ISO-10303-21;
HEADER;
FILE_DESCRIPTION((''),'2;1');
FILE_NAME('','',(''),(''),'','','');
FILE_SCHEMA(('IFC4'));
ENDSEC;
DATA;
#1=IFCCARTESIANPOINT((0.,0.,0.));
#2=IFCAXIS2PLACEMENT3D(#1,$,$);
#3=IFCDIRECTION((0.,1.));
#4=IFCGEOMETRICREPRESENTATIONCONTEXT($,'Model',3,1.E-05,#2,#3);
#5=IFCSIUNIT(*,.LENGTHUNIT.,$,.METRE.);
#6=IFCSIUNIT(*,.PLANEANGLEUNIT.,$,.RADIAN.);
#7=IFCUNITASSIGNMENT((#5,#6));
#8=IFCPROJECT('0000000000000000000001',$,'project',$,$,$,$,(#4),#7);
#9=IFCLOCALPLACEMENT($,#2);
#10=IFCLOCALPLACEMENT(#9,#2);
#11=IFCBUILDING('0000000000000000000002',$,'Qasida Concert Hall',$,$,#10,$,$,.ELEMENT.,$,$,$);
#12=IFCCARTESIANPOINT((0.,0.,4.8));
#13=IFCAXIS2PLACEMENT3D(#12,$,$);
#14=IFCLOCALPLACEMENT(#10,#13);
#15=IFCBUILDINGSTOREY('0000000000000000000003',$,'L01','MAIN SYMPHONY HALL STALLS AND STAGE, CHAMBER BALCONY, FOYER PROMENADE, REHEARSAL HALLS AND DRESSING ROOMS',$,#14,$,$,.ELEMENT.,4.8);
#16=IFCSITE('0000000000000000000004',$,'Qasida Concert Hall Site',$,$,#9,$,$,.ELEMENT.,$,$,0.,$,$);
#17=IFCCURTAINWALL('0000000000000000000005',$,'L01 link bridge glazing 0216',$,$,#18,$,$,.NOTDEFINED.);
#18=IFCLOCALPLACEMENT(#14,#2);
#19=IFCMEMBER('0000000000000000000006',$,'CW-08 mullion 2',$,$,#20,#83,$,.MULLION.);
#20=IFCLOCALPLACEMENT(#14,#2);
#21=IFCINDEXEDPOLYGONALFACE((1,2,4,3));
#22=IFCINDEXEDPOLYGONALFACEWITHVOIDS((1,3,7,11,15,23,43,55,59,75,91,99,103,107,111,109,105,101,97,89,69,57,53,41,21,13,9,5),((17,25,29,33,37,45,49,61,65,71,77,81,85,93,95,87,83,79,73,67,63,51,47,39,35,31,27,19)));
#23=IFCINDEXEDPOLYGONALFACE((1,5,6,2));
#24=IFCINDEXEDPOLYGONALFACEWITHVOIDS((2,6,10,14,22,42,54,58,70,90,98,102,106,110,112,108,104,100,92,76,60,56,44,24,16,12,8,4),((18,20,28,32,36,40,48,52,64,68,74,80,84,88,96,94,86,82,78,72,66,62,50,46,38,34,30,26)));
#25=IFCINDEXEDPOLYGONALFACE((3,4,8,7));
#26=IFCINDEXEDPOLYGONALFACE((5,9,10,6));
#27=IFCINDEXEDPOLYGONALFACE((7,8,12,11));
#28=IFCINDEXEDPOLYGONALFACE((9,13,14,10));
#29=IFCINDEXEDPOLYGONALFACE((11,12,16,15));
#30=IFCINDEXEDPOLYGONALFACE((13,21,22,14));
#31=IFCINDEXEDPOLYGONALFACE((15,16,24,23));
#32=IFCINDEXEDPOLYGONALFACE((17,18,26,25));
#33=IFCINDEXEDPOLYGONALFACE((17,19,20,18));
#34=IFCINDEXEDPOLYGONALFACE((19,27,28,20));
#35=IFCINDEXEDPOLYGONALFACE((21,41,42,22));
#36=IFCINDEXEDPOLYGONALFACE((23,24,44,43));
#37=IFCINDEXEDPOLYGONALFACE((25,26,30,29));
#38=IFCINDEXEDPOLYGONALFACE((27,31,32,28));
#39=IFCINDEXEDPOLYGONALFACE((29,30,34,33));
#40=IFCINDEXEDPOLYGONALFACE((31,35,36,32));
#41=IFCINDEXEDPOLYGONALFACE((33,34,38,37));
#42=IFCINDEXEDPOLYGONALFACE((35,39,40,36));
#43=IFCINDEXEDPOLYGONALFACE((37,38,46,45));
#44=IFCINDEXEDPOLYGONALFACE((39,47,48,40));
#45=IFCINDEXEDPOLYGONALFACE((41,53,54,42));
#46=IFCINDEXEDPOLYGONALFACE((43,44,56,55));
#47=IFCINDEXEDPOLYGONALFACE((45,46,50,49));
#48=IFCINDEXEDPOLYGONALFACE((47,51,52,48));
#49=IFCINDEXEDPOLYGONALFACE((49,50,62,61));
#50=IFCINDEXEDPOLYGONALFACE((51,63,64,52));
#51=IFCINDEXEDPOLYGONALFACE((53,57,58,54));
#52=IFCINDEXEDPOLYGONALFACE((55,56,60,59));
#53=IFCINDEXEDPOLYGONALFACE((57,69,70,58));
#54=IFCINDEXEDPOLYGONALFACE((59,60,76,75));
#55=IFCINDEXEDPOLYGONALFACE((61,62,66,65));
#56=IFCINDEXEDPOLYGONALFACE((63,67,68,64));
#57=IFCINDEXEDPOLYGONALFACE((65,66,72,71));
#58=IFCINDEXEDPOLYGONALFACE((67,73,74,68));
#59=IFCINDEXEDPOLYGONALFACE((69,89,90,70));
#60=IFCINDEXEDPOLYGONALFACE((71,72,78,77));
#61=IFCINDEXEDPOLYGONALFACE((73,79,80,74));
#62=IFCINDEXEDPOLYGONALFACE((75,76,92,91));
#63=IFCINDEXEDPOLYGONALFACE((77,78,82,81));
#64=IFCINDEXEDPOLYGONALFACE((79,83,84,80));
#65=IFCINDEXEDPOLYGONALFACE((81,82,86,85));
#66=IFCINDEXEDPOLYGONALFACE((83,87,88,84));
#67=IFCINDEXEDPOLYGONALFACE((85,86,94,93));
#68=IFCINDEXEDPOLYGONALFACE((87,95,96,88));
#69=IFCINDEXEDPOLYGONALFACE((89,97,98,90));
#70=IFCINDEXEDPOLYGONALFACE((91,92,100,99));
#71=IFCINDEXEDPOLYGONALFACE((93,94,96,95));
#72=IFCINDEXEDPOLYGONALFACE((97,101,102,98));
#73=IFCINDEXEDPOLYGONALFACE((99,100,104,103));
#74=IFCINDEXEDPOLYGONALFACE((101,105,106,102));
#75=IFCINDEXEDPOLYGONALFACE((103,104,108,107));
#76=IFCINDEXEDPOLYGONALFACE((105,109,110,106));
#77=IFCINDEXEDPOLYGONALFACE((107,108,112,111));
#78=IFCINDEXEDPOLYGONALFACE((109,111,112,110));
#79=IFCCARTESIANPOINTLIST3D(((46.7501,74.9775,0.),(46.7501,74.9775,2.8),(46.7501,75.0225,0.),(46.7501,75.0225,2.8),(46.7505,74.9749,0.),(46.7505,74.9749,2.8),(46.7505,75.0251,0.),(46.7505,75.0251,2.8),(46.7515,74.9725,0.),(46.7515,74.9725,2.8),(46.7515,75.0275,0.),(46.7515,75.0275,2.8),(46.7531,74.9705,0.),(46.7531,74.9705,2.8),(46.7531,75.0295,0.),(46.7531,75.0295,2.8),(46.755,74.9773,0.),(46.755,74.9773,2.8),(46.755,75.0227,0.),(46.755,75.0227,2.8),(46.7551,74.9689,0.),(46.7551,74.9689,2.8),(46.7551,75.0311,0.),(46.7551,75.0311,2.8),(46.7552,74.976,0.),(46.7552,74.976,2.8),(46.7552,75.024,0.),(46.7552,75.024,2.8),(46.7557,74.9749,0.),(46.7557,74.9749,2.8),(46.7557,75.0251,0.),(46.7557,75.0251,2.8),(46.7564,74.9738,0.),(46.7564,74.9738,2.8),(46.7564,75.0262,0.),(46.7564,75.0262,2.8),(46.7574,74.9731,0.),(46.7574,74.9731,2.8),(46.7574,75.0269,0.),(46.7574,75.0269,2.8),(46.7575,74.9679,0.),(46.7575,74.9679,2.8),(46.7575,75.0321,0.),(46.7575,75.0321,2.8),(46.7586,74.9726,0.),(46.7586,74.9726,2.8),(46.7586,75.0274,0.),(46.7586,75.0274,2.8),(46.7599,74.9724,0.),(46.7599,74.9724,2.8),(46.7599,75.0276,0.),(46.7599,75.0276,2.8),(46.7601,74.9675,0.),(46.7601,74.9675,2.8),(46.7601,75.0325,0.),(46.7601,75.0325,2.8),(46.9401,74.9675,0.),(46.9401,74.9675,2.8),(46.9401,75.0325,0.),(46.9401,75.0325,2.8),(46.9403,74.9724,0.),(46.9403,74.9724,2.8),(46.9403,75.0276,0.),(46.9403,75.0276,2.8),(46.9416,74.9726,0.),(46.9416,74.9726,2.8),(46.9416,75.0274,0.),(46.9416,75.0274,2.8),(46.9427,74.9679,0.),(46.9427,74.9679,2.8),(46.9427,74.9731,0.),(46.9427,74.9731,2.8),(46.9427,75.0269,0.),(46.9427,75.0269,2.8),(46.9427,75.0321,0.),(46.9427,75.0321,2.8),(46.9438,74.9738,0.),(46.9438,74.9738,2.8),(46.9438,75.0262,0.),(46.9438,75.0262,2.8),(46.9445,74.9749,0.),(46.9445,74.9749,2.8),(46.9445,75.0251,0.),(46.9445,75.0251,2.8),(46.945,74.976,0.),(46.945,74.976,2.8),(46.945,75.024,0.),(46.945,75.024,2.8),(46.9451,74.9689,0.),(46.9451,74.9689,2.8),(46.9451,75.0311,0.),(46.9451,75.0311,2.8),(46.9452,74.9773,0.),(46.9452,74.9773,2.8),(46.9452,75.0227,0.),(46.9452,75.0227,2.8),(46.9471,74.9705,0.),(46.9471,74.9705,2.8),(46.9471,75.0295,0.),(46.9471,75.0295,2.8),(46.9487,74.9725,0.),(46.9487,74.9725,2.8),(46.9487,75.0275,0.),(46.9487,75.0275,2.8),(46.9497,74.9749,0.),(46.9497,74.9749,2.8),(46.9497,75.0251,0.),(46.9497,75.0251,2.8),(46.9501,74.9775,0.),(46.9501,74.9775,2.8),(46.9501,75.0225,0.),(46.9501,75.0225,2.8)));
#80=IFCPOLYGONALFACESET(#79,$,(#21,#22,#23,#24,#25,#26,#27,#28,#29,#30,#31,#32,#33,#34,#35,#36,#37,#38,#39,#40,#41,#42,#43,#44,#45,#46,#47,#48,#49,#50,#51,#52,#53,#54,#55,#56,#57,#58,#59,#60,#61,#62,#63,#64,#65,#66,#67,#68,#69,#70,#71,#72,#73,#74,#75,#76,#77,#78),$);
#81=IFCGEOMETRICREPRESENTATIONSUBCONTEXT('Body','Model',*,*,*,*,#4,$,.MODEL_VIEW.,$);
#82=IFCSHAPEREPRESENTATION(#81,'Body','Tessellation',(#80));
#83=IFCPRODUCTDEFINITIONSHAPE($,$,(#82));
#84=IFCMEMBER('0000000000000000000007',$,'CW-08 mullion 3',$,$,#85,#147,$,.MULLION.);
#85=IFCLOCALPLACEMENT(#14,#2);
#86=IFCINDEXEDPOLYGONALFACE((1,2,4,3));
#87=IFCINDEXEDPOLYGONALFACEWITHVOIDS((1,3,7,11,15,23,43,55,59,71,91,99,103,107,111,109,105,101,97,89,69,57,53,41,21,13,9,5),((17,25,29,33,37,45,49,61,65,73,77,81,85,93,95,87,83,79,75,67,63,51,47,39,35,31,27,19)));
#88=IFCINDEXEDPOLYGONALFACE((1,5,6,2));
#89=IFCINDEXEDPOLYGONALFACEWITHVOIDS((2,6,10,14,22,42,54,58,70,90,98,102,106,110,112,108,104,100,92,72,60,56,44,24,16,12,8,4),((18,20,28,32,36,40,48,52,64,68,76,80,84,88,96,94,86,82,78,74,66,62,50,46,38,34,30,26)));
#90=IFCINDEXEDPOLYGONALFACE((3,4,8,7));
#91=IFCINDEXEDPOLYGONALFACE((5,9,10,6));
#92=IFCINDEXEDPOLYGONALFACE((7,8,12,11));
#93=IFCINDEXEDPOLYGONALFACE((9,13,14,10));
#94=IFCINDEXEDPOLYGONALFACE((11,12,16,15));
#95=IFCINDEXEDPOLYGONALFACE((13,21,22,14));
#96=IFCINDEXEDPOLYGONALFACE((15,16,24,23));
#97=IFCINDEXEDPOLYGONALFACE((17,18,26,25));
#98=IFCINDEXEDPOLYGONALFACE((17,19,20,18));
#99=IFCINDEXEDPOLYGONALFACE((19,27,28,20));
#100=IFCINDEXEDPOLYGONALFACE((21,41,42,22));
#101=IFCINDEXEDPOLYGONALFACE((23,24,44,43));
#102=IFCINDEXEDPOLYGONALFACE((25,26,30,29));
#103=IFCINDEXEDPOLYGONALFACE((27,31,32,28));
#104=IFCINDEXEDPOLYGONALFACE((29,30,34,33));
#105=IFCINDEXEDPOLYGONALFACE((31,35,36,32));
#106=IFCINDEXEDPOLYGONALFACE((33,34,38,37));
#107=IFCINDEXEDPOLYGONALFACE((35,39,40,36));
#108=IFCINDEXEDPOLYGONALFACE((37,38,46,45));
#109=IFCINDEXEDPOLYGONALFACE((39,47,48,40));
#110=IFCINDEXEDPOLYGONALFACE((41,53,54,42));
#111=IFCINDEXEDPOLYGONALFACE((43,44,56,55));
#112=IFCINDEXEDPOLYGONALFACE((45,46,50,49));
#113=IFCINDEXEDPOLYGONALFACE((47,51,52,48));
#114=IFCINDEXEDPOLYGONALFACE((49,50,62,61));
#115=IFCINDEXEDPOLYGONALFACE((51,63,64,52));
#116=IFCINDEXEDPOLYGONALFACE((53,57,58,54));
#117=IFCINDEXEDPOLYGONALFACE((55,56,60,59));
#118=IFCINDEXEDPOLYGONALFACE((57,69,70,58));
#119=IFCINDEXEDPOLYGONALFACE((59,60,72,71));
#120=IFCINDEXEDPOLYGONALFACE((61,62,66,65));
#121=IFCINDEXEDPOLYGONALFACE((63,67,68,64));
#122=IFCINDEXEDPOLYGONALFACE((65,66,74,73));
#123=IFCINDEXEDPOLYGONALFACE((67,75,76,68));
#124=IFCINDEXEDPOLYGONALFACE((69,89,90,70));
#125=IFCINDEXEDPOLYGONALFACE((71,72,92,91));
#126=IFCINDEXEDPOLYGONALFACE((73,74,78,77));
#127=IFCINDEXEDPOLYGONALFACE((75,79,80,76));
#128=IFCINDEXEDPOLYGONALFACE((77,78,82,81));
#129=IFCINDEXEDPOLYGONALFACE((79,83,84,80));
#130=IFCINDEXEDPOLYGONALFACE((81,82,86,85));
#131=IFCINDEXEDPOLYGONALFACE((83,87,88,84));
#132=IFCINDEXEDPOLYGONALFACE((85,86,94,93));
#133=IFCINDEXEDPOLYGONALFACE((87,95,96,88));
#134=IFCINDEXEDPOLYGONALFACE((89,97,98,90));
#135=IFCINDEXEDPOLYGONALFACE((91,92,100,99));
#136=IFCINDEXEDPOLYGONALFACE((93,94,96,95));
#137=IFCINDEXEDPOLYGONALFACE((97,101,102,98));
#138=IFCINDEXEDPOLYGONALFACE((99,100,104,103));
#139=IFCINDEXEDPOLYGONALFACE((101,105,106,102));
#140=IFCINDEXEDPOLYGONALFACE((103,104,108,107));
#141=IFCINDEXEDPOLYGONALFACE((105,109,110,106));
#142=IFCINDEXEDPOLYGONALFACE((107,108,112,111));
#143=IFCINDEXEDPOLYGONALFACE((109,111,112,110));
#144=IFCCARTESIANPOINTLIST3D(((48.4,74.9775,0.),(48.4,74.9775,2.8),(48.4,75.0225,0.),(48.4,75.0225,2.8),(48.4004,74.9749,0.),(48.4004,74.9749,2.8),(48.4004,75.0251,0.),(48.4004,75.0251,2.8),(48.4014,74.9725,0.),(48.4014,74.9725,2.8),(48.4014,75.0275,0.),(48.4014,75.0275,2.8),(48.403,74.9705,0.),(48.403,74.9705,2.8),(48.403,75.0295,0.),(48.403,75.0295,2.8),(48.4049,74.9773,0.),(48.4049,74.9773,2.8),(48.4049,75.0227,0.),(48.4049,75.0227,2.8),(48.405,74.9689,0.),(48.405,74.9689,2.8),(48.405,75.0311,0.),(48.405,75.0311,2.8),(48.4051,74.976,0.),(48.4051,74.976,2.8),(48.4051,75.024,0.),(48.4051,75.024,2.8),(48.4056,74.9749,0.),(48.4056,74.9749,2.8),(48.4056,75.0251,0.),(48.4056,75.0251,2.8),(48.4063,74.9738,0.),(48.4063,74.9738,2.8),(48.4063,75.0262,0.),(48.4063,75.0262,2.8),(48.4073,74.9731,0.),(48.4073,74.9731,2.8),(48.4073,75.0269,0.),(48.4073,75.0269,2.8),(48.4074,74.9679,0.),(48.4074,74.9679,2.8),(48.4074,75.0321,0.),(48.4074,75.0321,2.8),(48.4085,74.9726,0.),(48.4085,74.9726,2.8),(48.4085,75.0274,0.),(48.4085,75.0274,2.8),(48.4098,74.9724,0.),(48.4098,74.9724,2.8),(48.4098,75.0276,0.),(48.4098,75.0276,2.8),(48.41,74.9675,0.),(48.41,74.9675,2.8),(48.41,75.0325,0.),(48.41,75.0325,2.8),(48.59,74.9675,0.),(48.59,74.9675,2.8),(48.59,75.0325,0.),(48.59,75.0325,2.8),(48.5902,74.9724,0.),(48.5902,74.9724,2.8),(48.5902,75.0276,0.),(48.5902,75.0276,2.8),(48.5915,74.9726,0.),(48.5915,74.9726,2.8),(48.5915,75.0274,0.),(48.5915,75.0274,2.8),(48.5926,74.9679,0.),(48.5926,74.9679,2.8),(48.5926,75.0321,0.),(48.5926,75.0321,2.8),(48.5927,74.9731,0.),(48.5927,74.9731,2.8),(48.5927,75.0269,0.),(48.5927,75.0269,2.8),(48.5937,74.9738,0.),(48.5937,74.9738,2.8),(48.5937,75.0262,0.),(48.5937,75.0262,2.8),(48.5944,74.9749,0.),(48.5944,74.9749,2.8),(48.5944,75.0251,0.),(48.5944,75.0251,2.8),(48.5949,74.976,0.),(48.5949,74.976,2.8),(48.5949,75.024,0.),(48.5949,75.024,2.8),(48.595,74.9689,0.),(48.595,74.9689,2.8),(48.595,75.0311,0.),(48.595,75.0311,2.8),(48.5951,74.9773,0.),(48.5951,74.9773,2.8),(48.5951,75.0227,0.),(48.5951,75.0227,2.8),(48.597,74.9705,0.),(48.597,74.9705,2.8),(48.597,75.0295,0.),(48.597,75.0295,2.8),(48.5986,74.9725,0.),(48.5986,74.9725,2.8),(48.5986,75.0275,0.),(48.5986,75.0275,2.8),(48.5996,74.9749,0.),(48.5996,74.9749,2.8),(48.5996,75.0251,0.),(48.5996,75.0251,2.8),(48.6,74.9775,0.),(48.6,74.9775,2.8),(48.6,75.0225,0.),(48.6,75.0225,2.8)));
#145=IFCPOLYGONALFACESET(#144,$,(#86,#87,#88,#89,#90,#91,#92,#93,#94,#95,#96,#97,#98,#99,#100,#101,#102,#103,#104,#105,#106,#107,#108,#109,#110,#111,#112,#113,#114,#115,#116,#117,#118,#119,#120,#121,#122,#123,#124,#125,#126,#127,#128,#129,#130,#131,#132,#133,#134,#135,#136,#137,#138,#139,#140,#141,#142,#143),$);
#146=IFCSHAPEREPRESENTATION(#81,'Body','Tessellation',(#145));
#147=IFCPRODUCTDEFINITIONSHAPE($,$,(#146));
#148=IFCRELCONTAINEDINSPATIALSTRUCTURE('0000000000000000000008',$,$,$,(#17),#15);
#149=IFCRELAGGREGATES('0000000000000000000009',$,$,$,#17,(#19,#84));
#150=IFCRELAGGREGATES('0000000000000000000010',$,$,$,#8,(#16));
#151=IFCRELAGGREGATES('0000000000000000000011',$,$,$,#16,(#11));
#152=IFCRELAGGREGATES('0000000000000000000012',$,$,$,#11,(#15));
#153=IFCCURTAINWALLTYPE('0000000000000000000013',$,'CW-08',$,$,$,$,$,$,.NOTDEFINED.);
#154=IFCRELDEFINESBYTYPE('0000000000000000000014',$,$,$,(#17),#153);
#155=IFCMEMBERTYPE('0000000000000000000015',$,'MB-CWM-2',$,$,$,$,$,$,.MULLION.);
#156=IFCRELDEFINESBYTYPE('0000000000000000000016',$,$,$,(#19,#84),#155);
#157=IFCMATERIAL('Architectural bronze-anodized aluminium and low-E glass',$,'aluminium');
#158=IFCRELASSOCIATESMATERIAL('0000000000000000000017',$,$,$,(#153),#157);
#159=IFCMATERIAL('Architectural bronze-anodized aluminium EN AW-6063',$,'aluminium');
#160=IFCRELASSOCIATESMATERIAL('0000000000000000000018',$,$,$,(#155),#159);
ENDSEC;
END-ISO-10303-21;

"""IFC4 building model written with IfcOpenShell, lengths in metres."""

from ifc_helpers import new_model, si_unit, direction, frame, origin, origin_2d, place, context, subcontext, project, spatial, hollow_rectangle, extrude, material, material_profile, profile_set, type_object, element, aggregate, save


model = new_model("IFC4")

# Units and contexts
model_context = context("Model", 3, precision=1e-05, world=origin(), true_north=direction((0.0, 1.0)))
body_context = subcontext(model_context, "Body", "Model", "MODEL_VIEW")
ifc_project = project(units=[si_unit("LENGTHUNIT", "METRE"), si_unit("PLANEANGLEUNIT", "RADIAN")], contexts=[model_context])

# Site, building, storey
site_placement = place(None, origin())
site = spatial("IfcSite", under=ifc_project, at=site_placement, Name="Qasida Concert Hall Site", CompositionType="ELEMENT", RefElevation=0.0)
building_placement = place(site_placement, origin())
building = spatial("IfcBuilding", under=site, at=building_placement, Name="Qasida Concert Hall", CompositionType="ELEMENT")
storey_placement = place(building_placement, frame((0.0, 0.0, 4.8)))
storey = spatial("IfcBuildingStorey", under=building, at=storey_placement, Name="L01", Description="MAIN SYMPHONY HALL STALLS AND STAGE, CHAMBER BALCONY, FOYER PROMENADE, REHEARSAL HALLS AND DRESSING ROOMS", CompositionType="ELEMENT", Elevation=4.8)

# Shared definitions
ifc_material_1 = material(Name="Architectural bronze-anodized aluminium and low-E glass", Category="aluminium")
curtain_wall_type = type_object("IfcCurtainWallType", Name="CW-08", PredefinedType="NOTDEFINED", material=ifc_material_1)
ifc_material_2 = material(Name="Architectural bronze-anodized aluminium EN AW-6063", Category="aluminium")
ifc_material_profile_1 = material_profile(ifc_material_2, hollow_rectangle(XDim=0.0649, YDim=0.2, WallThickness=0.0049, InnerFilletRadius=0.0049, OuterFilletRadius=0.01, at=origin_2d()), Name="CWM 200x65x5")
ifc_profile_set_1 = profile_set([ifc_material_profile_1], Name="Architectural bronze-anodized aluminium EN AW-6063")
member_type_1 = type_object("IfcMemberType", Name="MB-CWM-2", PredefinedType="MULLION", material=ifc_profile_set_1)

# Curtain wall, members
curtain_wall_1_placement = place(storey_placement, origin())
curtain_wall_1 = element("IfcCurtainWall", 1, at=curtain_wall_1_placement, inside=storey, type_object=curtain_wall_type, Name="L01 link bridge glazing 0216", PredefinedType="NOTDEFINED")
member_1_placement = place(storey_placement, frame((46.8501, 75.0, 0.0), z_axis=(0.0, 0.0, 1.0), x_axis=(0.0, 1.0, 0.0)))
member_1 = element("IfcMember", 2, at=member_1_placement, type_object=member_type_1, Name="CW-08 mullion 2", PredefinedType="MULLION", context=body_context, shape_type="SweptSolid", body=[
    extrude(hollow_rectangle(XDim=0.0649, YDim=0.2, WallThickness=0.0049, InnerFilletRadius=0.0049, OuterFilletRadius=0.01, at=origin_2d()), origin(), (0.0, 0.0, 1.0), 2.8),
])
member_2_placement = place(storey_placement, frame((48.5, 75.0, 0.0), z_axis=(0.0, 0.0, 1.0), x_axis=(0.0, 1.0, 0.0)))
member_2 = element("IfcMember", 3, at=member_2_placement, type_object=member_type_1, Name="CW-08 mullion 3", PredefinedType="MULLION", context=body_context, shape_type="SweptSolid", body=[
    extrude(hollow_rectangle(XDim=0.0649, YDim=0.2, WallThickness=0.0049, InnerFilletRadius=0.0049, OuterFilletRadius=0.01, at=origin_2d()), origin(), (0.0, 0.0, 1.0), 2.8),
])

aggregate(curtain_wall_1, [member_1, member_2])

save(model, "model.ifc")
